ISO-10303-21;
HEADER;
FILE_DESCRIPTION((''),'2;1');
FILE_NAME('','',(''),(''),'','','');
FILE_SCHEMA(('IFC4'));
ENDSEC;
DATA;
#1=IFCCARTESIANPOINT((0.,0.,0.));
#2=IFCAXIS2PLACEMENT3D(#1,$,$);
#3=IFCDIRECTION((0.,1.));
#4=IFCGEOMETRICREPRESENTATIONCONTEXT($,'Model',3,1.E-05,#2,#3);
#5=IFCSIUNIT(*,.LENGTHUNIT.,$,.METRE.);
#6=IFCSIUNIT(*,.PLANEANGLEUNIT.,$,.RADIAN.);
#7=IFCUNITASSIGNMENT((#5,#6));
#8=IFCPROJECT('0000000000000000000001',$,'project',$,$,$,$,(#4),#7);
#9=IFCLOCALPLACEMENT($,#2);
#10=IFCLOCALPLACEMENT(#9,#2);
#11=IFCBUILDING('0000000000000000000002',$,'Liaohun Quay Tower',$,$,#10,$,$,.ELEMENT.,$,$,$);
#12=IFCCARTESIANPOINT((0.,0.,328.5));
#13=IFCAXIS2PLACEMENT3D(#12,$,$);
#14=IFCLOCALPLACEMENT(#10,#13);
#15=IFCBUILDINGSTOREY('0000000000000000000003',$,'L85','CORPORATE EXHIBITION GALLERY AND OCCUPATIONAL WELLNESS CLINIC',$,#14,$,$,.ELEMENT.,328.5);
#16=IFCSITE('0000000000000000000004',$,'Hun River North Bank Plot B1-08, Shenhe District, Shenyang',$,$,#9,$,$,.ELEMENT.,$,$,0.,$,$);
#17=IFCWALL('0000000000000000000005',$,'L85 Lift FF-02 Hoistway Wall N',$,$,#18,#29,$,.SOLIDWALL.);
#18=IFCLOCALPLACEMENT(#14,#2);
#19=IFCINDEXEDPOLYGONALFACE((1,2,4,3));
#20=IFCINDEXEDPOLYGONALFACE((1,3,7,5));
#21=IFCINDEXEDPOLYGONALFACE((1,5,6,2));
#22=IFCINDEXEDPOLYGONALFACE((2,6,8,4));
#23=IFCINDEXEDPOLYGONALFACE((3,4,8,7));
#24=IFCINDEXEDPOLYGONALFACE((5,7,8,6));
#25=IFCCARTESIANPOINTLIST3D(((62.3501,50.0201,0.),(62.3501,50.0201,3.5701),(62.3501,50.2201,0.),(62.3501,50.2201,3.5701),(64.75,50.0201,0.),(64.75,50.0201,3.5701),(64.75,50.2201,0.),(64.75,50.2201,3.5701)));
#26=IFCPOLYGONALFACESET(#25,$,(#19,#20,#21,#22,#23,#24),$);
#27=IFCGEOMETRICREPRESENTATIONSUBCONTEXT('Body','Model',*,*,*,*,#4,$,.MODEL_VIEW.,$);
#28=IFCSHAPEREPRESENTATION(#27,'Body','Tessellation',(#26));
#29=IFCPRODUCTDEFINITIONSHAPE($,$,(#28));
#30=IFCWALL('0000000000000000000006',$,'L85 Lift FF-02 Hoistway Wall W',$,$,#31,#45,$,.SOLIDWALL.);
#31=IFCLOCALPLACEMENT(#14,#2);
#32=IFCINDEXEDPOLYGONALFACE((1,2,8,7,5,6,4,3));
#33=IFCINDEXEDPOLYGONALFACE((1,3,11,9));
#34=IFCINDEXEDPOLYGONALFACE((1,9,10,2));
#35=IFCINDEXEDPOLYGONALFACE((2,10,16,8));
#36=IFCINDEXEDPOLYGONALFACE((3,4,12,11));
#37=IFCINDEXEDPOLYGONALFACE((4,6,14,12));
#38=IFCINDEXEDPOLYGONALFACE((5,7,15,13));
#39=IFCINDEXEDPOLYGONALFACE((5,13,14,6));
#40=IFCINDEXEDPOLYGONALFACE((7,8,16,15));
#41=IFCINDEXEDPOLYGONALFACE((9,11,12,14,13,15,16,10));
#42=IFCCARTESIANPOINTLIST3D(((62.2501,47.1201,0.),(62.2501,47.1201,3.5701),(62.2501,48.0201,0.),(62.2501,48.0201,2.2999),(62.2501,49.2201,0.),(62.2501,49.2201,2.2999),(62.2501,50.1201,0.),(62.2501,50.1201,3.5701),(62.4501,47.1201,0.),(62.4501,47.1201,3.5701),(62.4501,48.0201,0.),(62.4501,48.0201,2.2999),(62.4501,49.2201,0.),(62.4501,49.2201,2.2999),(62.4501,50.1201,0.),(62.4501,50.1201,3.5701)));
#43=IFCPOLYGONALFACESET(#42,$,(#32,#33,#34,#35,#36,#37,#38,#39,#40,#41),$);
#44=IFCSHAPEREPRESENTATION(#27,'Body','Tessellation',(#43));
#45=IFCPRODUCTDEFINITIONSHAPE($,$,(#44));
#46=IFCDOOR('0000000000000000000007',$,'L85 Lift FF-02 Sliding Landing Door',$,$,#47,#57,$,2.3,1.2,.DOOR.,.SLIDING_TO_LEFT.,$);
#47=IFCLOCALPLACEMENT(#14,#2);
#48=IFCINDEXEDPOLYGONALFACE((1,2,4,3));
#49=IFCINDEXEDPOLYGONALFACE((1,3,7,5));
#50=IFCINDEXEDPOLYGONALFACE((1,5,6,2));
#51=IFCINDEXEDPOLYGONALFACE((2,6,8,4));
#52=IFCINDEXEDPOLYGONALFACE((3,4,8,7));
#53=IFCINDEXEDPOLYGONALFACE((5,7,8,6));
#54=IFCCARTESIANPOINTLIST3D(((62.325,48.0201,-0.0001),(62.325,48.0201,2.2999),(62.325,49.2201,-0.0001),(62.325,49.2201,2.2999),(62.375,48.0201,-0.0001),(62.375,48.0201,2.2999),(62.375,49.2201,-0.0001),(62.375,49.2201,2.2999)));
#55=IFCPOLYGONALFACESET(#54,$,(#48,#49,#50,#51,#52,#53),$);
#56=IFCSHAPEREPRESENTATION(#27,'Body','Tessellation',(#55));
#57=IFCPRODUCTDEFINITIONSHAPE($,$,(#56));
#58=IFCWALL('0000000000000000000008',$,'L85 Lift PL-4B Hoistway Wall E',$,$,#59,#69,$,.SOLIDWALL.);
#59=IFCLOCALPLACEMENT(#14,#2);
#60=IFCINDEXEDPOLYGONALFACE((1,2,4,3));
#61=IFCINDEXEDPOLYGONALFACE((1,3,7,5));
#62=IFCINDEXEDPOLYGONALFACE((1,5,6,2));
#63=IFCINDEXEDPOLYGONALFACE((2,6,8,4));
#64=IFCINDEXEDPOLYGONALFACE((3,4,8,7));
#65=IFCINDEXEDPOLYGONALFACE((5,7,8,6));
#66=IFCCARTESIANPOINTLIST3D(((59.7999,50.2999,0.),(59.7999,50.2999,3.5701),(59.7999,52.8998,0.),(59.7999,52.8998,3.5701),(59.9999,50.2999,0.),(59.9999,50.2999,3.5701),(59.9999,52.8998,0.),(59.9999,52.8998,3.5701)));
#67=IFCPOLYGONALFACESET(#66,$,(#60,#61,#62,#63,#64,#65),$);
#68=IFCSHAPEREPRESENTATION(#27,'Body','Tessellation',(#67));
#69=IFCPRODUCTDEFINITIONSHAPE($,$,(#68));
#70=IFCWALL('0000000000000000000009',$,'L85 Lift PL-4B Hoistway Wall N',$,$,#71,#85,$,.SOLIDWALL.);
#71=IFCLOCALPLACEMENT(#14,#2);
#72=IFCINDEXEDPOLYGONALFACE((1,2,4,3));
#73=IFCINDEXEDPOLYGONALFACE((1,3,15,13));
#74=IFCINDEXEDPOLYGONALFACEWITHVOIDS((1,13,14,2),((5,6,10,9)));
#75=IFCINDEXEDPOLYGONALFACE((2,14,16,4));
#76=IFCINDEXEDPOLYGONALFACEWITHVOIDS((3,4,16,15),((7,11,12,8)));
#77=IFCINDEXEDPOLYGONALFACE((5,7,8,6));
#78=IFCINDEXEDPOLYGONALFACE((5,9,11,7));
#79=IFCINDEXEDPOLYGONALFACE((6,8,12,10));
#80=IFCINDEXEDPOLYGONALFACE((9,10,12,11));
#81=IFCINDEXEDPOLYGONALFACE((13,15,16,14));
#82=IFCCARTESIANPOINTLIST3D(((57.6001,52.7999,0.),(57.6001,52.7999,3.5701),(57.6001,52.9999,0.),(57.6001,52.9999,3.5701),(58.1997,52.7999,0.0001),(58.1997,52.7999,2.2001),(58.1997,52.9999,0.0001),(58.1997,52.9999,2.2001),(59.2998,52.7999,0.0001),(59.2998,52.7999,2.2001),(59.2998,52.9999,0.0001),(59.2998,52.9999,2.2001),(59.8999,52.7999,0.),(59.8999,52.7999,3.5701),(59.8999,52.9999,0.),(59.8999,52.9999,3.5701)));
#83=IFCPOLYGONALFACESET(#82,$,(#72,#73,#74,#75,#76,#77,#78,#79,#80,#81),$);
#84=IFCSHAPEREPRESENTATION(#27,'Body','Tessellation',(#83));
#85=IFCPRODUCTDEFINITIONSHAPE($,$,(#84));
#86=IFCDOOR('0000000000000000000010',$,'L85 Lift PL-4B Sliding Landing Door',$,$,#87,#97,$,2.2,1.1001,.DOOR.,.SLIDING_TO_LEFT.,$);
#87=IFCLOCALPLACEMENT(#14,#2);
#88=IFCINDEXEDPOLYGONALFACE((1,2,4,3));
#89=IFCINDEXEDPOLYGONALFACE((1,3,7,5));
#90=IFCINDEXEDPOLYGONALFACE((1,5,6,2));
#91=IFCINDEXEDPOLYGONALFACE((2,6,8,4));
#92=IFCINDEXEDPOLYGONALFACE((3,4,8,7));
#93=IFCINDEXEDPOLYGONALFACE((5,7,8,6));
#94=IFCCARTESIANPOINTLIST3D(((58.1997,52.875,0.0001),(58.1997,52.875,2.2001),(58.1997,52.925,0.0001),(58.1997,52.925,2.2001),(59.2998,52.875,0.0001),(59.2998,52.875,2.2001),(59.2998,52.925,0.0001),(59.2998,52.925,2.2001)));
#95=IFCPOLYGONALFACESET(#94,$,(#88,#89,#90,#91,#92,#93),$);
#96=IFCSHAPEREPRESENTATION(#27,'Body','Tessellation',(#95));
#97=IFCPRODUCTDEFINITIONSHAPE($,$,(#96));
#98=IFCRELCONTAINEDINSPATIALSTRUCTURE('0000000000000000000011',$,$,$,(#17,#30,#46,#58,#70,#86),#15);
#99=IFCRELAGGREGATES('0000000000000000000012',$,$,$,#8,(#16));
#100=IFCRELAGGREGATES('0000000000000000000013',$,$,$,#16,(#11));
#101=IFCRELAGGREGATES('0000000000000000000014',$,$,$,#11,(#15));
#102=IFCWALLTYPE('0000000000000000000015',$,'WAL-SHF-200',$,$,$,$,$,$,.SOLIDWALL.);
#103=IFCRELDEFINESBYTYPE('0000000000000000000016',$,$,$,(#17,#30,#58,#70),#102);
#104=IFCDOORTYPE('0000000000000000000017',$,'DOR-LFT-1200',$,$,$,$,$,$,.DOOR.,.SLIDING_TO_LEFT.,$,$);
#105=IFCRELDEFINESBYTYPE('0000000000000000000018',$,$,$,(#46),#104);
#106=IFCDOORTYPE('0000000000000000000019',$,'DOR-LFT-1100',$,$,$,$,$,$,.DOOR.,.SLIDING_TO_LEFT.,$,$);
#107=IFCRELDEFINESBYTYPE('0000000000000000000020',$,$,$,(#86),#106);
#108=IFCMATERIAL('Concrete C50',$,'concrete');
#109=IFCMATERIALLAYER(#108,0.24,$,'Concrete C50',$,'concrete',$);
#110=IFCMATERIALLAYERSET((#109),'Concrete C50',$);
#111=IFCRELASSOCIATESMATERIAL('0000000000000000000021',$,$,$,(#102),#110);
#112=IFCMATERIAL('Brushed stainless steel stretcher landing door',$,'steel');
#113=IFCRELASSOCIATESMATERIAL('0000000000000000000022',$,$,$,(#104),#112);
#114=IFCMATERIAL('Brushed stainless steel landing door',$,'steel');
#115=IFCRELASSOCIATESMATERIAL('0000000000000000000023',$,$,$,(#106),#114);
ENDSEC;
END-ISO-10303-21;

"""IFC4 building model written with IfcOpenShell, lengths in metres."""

from ifc_helpers import new_model, si_unit, direction, frame, frame_2d, origin, place, context, subcontext, project, spatial, rectangle, extrude, source, transform, mapped, material, layer, layer_set, type_object, element, fill, save


model = new_model("IFC4")

# Units and contexts
model_context = context("Model", 3, precision=1e-05, world=origin(), true_north=direction((0.0, 1.0)))
body_context = subcontext(model_context, "Body", "Model", "MODEL_VIEW")
ifc_project = project(units=[si_unit("LENGTHUNIT", "METRE"), si_unit("PLANEANGLEUNIT", "RADIAN")], contexts=[model_context])

# Site, building, storey
site_placement = place(None, origin())
site = spatial("IfcSite", under=ifc_project, at=site_placement, Name="Hun River North Bank Plot B1-08, Shenhe District, Shenyang", CompositionType="ELEMENT", RefElevation=0.0)
building_placement = place(site_placement, origin())
building = spatial("IfcBuilding", under=site, at=building_placement, Name="Liaohun Quay Tower", CompositionType="ELEMENT")
storey_placement = place(building_placement, frame((0.0, 0.0, 328.5)))
storey = spatial("IfcBuildingStorey", under=building, at=storey_placement, Name="L85", Description="CORPORATE EXHIBITION GALLERY AND OCCUPATIONAL WELLNESS CLINIC", CompositionType="ELEMENT", Elevation=328.5)

# Wall
ifc_material_1 = material(Name="Concrete C50", Category="concrete")
ifc_layer_1 = layer(ifc_material_1, 0.24, Name="Concrete C50", Category="concrete")
ifc_layer_set_1 = layer_set([ifc_layer_1], Name="Concrete C50")
wall_type_1 = type_object("IfcWallType", Name="WAL-SHF-200", PredefinedType="SOLIDWALL", material=ifc_layer_set_1)
wall_1_placement = place(storey_placement, frame((64.75, 50.1201, 0.0), z_axis=(0.0, 0.0, 1.0), x_axis=(-1.0, 0.0, 0.0)))
element("IfcWall", 1, at=wall_1_placement, inside=storey, type_object=wall_type_1, Name="L85 Lift FF-02 Hoistway Wall N", PredefinedType="SOLIDWALL", context=body_context, shape_type="SweptSolid", body=[
    extrude(rectangle(XDim=2.3999, YDim=0.2, at=frame_2d((1.2, 0.0))), origin(), (0.0, 0.0, 1.0), 3.5701),
])

# Wall, opening, door
wall_2_placement = place(storey_placement, frame((62.3501, 50.1201, 0.0), z_axis=(0.0, 0.0, 1.0), x_axis=(0.0, -1.0, 0.0)))
wall_2 = element("IfcWall", 2, at=wall_2_placement, inside=storey, type_object=wall_type_1, Name="L85 Lift FF-02 Hoistway Wall W", PredefinedType="SOLIDWALL", context=body_context, shape_type="SweptSolid", body=[
    extrude(rectangle(XDim=3.0, YDim=0.2, at=frame_2d((1.5, 0.0))), origin(), (0.0, 0.0, 1.0), 3.5701),
])
shared_shape_1 = source(origin(), body_context, "Body", "SweptSolid", [
    extrude(rectangle(XDim=1.2, YDim=2.3, at=frame_2d((0.6001, 1.1499))), frame((0.0, 0.1099, 0.0), z_axis=(0.0, -1.0, 0.0), x_axis=(1.0, 0.0, 0.0)), (0.0, 0.0, 1.0), 0.22),
])
opening_1_placement = place(wall_2_placement, frame((0.8999, 0.0, 0.0)))
opening_1 = element("IfcOpeningElement", 3, at=opening_1_placement, cuts=wall_2, PredefinedType="OPENING", context=body_context, shape_type="MappedRepresentation", body=[
    mapped(shared_shape_1, transform((0.0, 0.0, 0.0), x_axis=(1.0, 0.0, 0.0), y_axis=(0.0, 1.0, 0.0), z_axis=(0.0, 0.0, 1.0), scale=1.0)),
])
ifc_material_2 = material(Name="Brushed stainless steel stretcher landing door", Category="steel")
door_type_1 = type_object("IfcDoorType", Name="DOR-LFT-1200", OperationType="SLIDING_TO_LEFT", PredefinedType="DOOR", material=ifc_material_2)
shared_shape_2 = source(origin(), body_context, "Body", "SweptSolid", [
    extrude(rectangle(XDim=1.2, YDim=2.3, at=frame_2d((0.6001, 1.1499))), frame((0.0, 0.0249, 0.0), z_axis=(0.0, -1.0, 0.0), x_axis=(1.0, 0.0, 0.0)), (0.0, 0.0, 1.0), 0.05),
])
door_1_placement = place(opening_1_placement, origin())
door_1 = element("IfcDoor", 4, at=door_1_placement, inside=storey, type_object=door_type_1, Name="L85 Lift FF-02 Sliding Landing Door", OperationType="SLIDING_TO_LEFT", OverallHeight=2.3, OverallWidth=1.2, PredefinedType="DOOR", context=body_context, shape_type="MappedRepresentation", body=[
    mapped(shared_shape_2, transform((0.0, 0.0, 0.0), x_axis=(1.0, 0.0, 0.0), y_axis=(0.0, 1.0, 0.0), z_axis=(0.0, 0.0, 1.0), scale=1.0)),
])
fill(opening_1, door_1)

# Wall
wall_3_placement = place(storey_placement, frame((59.8999, 50.3, 0.0), z_axis=(0.0, 0.0, 1.0), x_axis=(0.0, 1.0, 0.0)))
element("IfcWall", 5, at=wall_3_placement, inside=storey, type_object=wall_type_1, Name="L85 Lift PL-4B Hoistway Wall E", PredefinedType="SOLIDWALL", context=body_context, shape_type="SweptSolid", body=[
    extrude(rectangle(XDim=2.5999, YDim=0.2, at=frame_2d((1.2998, 0.0))), origin(), (0.0, 0.0, 1.0), 3.5701),
])

# Wall, opening, door
wall_4_placement = place(storey_placement, frame((59.8999, 52.8999, 0.0), z_axis=(0.0, 0.0, 1.0), x_axis=(-1.0, 0.0, 0.0)))
wall_4 = element("IfcWall", 6, at=wall_4_placement, inside=storey, type_object=wall_type_1, Name="L85 Lift PL-4B Hoistway Wall N", PredefinedType="SOLIDWALL", context=body_context, shape_type="SweptSolid", body=[
    extrude(rectangle(XDim=2.2998, YDim=0.2, at=frame_2d((1.1499, 0.0))), origin(), (0.0, 0.0, 1.0), 3.5701),
])
shared_shape_3 = source(origin(), body_context, "Body", "SweptSolid", [
    extrude(rectangle(XDim=1.1001, YDim=2.2, at=frame_2d((0.55, 1.1001))), frame((0.0, 0.1099, 0.0), z_axis=(0.0, -1.0, 0.0), x_axis=(1.0, 0.0, 0.0)), (0.0, 0.0, 1.0), 0.22),
])
opening_2_placement = place(wall_4_placement, frame((0.6001, 0.0, 0.0)))
opening_2 = element("IfcOpeningElement", 7, at=opening_2_placement, cuts=wall_4, PredefinedType="OPENING", context=body_context, shape_type="MappedRepresentation", body=[
    mapped(shared_shape_3, transform((0.0, 0.0, 0.0), x_axis=(1.0, 0.0, 0.0), y_axis=(0.0, 1.0, 0.0), z_axis=(0.0, 0.0, 1.0), scale=1.0)),
])
ifc_material_3 = material(Name="Brushed stainless steel landing door", Category="steel")
door_type_2 = type_object("IfcDoorType", Name="DOR-LFT-1100", OperationType="SLIDING_TO_LEFT", PredefinedType="DOOR", material=ifc_material_3)
shared_shape_4 = source(origin(), body_context, "Body", "SweptSolid", [
    extrude(rectangle(XDim=1.1001, YDim=2.2, at=frame_2d((0.55, 1.1001))), frame((0.0, 0.0249, 0.0), z_axis=(0.0, -1.0, 0.0), x_axis=(1.0, 0.0, 0.0)), (0.0, 0.0, 1.0), 0.05),
])
door_2_placement = place(opening_2_placement, origin())
door_2 = element("IfcDoor", 8, at=door_2_placement, inside=storey, type_object=door_type_2, Name="L85 Lift PL-4B Sliding Landing Door", OperationType="SLIDING_TO_LEFT", OverallHeight=2.2, OverallWidth=1.1001, PredefinedType="DOOR", context=body_context, shape_type="MappedRepresentation", body=[
    mapped(shared_shape_4, transform((0.0, 0.0, 0.0), x_axis=(1.0, 0.0, 0.0), y_axis=(0.0, 1.0, 0.0), z_axis=(0.0, 0.0, 1.0), scale=1.0)),
])
fill(opening_2, door_2)

save(model, "model.ifc")
